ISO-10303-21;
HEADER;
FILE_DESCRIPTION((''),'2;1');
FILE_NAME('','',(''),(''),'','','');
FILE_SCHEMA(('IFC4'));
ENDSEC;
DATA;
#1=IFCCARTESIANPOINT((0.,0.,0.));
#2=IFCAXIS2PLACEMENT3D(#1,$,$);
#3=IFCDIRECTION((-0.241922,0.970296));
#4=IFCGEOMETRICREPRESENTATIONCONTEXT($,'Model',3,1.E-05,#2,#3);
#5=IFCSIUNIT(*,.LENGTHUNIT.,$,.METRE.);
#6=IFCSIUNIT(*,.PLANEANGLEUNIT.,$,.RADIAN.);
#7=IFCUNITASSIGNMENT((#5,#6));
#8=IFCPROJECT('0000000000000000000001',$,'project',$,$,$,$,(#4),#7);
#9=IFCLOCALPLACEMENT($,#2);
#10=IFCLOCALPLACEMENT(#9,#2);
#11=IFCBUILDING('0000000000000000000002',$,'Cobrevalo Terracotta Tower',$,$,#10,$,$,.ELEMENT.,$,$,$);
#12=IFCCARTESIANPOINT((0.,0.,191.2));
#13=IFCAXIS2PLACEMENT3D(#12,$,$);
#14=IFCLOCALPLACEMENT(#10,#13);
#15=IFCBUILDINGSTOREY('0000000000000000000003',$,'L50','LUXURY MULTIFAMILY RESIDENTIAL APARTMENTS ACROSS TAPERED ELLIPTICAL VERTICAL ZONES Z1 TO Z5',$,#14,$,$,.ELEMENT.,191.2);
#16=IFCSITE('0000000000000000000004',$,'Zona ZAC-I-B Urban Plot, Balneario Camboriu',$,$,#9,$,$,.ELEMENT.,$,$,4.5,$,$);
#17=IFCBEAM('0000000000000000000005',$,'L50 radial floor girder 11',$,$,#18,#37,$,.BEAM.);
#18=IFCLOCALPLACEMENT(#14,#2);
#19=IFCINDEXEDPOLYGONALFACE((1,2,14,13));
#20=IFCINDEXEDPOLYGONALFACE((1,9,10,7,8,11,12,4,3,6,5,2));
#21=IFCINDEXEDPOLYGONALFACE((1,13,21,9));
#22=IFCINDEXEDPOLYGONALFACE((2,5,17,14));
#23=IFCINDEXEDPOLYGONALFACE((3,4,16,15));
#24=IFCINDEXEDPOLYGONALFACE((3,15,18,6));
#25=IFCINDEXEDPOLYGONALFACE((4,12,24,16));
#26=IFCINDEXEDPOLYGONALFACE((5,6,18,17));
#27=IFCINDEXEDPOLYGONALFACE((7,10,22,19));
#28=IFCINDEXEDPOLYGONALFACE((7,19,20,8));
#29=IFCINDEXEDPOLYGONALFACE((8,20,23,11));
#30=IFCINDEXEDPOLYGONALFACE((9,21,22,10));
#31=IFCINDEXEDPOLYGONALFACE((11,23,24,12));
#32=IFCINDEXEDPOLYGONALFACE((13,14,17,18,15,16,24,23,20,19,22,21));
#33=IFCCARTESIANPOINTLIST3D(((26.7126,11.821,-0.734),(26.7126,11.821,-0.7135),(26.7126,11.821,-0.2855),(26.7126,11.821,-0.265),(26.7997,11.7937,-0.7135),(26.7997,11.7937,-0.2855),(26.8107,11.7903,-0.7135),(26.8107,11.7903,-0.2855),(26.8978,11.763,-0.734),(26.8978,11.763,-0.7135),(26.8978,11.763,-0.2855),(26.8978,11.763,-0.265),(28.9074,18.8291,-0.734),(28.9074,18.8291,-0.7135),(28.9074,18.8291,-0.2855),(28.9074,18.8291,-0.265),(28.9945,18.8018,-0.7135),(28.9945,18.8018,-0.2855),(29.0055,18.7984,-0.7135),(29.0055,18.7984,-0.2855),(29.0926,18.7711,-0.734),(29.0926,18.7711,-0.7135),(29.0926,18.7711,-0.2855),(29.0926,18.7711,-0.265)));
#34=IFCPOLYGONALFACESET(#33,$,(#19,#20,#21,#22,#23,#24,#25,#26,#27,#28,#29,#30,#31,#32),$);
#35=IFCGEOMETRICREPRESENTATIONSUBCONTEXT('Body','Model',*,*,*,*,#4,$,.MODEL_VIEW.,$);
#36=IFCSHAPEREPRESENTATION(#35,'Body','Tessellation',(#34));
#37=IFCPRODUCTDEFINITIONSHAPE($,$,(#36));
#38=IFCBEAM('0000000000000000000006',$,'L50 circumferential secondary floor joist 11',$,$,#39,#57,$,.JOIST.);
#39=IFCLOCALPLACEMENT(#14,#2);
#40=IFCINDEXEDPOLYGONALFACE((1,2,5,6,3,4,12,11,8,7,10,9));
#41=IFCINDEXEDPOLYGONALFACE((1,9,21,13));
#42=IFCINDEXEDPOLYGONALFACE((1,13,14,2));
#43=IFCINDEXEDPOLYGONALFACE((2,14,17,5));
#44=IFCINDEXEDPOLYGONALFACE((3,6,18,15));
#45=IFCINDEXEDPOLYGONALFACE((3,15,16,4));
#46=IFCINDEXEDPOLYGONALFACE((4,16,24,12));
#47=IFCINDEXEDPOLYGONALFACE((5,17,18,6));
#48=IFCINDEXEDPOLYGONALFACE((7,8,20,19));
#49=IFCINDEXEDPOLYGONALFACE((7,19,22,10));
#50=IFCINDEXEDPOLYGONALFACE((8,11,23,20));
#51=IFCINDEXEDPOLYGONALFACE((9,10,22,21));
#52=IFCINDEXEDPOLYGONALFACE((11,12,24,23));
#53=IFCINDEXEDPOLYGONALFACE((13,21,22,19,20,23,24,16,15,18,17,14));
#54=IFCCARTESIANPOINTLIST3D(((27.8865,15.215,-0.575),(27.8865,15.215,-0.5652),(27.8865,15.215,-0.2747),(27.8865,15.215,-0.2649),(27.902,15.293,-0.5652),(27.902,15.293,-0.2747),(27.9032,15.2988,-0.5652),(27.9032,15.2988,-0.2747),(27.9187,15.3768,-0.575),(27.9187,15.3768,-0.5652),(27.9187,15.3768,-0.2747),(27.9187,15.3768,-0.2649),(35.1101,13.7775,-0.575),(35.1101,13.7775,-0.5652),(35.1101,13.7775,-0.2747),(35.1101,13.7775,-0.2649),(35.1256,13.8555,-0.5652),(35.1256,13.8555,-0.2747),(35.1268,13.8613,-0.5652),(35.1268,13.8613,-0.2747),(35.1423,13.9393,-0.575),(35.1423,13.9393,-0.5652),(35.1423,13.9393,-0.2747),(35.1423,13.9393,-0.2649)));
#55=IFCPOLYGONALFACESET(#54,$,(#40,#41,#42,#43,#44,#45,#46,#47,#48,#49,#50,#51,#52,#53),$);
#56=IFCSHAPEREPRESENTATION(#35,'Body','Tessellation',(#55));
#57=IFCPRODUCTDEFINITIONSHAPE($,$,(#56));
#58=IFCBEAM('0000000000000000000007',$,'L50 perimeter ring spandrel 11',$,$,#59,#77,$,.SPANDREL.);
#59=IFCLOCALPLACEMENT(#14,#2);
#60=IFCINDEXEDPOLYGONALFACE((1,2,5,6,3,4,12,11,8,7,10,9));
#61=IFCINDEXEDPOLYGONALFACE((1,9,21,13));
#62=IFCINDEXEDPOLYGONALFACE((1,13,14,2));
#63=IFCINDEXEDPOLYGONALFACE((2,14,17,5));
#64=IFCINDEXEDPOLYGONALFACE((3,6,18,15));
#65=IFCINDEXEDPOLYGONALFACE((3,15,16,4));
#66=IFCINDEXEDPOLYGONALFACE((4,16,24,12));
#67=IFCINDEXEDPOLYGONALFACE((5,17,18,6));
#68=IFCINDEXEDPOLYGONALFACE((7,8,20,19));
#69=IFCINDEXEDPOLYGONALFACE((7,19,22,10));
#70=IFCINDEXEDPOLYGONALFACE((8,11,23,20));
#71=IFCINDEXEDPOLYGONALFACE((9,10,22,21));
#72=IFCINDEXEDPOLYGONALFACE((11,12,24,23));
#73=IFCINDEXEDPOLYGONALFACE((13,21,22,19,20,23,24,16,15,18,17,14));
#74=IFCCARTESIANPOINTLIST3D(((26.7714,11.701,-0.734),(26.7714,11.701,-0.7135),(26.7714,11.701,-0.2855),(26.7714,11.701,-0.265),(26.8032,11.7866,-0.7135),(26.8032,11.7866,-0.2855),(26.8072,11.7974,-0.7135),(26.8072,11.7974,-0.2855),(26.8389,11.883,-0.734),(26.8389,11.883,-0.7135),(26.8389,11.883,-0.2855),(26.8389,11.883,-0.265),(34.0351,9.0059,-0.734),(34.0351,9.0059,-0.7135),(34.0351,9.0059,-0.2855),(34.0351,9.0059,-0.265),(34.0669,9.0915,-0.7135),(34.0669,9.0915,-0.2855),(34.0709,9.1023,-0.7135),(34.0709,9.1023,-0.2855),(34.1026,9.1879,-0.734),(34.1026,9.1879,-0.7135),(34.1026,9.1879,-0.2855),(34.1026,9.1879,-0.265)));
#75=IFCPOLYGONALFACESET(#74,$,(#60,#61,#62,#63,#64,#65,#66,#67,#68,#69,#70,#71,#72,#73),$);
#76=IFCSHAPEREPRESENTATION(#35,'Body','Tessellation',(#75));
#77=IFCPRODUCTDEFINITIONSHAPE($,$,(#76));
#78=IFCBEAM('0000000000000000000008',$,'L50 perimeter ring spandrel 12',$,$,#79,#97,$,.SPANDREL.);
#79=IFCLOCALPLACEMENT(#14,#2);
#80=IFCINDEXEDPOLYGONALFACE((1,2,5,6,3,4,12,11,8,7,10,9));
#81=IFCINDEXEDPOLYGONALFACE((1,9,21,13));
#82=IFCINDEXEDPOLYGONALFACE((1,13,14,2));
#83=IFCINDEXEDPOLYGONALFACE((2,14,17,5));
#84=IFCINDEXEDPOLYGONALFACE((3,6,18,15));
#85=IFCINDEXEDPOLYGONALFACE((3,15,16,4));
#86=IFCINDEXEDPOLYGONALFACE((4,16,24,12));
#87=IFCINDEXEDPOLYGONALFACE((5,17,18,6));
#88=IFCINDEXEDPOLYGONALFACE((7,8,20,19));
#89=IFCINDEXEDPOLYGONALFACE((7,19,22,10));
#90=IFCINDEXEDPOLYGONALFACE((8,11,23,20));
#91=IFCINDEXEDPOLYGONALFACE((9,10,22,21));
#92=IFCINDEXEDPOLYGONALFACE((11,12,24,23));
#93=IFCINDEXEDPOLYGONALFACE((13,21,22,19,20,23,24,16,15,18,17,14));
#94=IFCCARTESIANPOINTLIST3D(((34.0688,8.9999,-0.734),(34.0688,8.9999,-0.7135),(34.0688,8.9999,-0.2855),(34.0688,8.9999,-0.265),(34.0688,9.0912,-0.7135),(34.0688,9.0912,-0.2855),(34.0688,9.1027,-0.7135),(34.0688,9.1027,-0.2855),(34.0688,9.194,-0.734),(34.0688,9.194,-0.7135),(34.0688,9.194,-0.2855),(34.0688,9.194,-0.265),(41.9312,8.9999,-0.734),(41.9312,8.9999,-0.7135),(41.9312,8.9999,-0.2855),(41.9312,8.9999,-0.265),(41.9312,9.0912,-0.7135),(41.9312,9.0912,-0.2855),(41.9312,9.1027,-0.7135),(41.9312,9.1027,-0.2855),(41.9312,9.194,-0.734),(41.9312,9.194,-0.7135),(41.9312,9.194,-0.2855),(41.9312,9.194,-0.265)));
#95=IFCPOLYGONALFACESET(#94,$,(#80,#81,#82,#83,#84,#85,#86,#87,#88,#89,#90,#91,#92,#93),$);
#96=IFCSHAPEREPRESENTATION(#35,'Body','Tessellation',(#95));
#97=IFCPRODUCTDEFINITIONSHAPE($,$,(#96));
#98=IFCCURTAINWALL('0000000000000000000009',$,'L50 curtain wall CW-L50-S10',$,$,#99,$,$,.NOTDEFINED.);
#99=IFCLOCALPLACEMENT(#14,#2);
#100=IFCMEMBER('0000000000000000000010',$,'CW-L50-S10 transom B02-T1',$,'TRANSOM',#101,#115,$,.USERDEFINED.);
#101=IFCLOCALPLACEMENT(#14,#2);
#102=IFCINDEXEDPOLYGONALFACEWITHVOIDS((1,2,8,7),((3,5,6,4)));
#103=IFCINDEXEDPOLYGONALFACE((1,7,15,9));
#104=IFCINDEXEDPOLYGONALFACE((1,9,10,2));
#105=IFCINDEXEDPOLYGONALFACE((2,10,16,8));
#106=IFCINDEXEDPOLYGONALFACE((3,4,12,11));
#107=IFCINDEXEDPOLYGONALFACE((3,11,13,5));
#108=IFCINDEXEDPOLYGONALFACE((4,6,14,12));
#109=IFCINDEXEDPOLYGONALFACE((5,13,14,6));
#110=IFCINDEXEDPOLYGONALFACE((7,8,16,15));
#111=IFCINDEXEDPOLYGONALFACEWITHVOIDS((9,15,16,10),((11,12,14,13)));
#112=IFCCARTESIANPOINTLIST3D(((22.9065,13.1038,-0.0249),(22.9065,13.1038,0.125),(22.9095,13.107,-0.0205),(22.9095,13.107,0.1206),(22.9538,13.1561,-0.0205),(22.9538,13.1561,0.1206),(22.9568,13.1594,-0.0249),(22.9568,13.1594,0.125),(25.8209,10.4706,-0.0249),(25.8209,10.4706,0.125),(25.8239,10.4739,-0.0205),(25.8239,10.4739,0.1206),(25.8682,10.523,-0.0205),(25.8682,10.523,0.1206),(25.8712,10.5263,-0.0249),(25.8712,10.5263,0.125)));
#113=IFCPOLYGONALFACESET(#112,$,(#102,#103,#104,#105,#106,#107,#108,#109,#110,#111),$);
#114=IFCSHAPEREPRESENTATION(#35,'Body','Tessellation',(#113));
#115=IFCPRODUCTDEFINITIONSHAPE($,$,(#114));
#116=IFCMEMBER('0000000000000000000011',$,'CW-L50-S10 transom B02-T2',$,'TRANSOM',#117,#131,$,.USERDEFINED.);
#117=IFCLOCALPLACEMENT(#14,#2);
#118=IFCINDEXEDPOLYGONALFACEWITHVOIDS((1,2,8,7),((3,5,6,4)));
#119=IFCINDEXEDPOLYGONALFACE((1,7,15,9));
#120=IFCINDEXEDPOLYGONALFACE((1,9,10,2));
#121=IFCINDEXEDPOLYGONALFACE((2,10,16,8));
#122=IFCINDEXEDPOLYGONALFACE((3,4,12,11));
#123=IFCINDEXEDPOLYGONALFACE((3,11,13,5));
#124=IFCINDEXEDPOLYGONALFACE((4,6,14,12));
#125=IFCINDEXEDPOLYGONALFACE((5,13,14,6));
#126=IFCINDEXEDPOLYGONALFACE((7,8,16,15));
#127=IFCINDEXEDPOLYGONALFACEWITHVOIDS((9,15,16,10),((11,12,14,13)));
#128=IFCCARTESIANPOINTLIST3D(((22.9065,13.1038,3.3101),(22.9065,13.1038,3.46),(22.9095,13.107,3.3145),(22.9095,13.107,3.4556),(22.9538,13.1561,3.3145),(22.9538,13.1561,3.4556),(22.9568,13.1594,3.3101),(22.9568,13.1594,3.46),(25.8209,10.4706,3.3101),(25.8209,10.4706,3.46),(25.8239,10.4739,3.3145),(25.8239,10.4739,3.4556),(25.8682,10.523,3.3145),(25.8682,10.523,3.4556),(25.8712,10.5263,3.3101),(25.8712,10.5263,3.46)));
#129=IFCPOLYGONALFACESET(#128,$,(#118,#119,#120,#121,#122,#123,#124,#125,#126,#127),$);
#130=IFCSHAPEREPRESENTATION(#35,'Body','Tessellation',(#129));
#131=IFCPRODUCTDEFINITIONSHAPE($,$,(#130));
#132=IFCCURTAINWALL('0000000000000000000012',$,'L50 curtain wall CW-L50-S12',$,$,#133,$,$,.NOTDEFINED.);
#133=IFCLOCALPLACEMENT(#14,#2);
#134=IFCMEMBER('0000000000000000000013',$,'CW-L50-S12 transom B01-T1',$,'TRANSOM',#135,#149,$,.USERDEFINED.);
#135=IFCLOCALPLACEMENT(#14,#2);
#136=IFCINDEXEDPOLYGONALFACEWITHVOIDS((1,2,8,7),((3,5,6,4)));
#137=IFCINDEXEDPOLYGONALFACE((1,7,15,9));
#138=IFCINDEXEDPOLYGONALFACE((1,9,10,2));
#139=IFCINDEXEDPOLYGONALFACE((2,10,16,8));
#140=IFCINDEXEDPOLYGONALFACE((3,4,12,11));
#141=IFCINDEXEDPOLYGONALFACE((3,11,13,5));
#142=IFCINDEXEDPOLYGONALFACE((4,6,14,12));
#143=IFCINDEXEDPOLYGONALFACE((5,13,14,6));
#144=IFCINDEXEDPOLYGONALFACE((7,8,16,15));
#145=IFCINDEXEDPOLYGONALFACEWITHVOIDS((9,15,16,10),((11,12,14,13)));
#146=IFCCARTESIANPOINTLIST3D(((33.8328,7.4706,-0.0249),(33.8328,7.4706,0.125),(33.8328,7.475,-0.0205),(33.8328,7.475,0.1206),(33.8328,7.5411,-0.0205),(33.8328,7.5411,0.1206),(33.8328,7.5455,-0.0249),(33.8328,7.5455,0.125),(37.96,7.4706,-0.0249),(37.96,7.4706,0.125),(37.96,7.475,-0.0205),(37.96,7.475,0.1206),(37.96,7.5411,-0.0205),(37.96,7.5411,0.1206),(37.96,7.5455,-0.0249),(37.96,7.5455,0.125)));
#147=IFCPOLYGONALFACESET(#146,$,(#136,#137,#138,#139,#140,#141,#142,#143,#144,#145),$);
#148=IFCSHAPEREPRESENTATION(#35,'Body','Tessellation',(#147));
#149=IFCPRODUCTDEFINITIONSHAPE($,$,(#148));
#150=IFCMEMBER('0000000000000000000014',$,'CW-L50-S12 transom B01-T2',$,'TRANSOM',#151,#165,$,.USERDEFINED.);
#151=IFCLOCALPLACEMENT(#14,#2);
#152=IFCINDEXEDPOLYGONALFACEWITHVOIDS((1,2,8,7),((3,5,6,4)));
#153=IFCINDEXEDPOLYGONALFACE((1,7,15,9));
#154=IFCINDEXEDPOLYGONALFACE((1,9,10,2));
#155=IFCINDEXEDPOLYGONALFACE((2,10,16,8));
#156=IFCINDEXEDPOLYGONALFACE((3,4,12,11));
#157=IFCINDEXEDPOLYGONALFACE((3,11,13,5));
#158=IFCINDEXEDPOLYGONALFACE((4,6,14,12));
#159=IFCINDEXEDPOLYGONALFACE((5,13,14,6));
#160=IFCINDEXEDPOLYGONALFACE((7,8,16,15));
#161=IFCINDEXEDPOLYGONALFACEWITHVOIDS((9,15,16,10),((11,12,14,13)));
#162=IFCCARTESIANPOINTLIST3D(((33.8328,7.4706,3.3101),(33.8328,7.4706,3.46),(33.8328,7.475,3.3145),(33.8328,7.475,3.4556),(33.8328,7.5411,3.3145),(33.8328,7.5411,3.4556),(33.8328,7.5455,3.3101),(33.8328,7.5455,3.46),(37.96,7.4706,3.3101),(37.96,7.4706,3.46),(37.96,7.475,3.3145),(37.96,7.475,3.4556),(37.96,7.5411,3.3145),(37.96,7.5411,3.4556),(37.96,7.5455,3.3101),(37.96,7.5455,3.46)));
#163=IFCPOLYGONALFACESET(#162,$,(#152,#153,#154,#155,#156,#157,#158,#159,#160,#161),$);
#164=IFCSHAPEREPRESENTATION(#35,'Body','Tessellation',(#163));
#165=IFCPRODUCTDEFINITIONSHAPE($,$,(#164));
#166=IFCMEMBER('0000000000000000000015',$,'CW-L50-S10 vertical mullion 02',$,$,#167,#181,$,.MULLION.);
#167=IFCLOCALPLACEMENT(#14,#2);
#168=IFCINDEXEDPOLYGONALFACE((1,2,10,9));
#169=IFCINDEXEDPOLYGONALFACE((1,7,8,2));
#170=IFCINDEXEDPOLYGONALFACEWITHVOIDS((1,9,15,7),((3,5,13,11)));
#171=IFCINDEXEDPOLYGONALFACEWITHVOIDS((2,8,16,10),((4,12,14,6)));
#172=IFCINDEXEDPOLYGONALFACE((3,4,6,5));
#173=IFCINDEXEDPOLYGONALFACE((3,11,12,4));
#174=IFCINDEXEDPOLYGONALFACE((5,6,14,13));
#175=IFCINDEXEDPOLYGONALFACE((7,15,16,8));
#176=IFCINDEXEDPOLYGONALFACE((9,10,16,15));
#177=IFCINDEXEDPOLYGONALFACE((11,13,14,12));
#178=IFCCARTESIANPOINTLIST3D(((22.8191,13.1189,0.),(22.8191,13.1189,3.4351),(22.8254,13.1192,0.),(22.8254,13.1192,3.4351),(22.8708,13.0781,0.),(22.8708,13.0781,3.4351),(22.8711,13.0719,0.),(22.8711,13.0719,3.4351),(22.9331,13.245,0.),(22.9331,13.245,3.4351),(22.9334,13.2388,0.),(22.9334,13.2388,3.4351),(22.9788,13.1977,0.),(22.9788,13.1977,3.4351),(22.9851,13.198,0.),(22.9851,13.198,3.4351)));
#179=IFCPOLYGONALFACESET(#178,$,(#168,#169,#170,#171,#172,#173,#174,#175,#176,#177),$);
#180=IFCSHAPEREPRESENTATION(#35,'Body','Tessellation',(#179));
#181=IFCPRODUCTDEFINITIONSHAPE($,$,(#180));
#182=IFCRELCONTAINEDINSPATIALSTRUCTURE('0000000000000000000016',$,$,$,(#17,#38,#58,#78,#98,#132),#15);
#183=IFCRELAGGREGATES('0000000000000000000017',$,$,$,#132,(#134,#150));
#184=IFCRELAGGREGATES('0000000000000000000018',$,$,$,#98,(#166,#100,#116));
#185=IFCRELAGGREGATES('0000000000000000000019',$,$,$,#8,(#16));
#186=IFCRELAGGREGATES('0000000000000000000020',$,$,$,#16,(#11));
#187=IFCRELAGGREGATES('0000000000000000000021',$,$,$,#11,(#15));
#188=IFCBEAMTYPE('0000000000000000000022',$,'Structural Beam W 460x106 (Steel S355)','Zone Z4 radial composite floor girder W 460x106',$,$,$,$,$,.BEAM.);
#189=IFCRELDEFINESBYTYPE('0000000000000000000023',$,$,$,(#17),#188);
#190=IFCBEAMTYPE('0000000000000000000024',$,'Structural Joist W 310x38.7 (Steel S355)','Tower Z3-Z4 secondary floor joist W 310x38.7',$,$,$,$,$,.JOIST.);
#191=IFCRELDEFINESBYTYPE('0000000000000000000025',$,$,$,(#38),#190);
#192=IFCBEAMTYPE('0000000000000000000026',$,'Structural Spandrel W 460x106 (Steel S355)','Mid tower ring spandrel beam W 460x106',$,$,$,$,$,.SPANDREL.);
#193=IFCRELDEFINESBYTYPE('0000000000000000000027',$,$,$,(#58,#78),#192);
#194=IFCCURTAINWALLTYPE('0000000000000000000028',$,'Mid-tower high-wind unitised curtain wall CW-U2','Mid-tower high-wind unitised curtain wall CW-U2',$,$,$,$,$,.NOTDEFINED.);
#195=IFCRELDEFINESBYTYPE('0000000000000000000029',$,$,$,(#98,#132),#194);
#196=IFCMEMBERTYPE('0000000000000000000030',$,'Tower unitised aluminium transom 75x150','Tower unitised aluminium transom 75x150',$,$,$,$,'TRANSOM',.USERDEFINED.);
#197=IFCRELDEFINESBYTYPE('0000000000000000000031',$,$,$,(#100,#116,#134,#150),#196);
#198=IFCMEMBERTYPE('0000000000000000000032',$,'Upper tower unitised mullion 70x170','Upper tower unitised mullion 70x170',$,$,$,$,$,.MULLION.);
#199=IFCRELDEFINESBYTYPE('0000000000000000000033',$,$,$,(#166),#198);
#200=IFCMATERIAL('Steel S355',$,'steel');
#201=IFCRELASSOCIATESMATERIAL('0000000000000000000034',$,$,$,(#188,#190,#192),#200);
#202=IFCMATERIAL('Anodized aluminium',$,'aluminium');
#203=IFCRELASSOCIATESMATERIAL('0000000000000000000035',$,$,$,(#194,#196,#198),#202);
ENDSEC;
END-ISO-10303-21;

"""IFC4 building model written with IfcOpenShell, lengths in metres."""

from ifc_helpers import new_model, si_unit, direction, frame, origin, origin_2d, place, context, subcontext, project, spatial, hollow_rectangle, i_section, extrude, source, transform, mapped, material, material_profile, profile_set, type_object, element, aggregate, save


model = new_model("IFC4")

# Units and contexts
model_context = context("Model", 3, precision=1e-05, world=origin(), true_north=direction((-0.241922, 0.970296)))
body_context = subcontext(model_context, "Body", "Model", "MODEL_VIEW")
ifc_project = project(units=[si_unit("LENGTHUNIT", "METRE"), si_unit("PLANEANGLEUNIT", "RADIAN")], contexts=[model_context])

# Site, building, storey
site_placement = place(None, origin())
site = spatial("IfcSite", under=ifc_project, at=site_placement, Name="Zona ZAC-I-B Urban Plot, Balneario Camboriu", CompositionType="ELEMENT", RefElevation=4.5)
building_placement = place(site_placement, origin())
building = spatial("IfcBuilding", under=site, at=building_placement, Name="Cobrevalo Terracotta Tower", CompositionType="ELEMENT")
storey_placement = place(building_placement, frame((0.0, 0.0, 191.2)))
storey = spatial("IfcBuildingStorey", under=building, at=storey_placement, Name="L50", Description="LUXURY MULTIFAMILY RESIDENTIAL APARTMENTS ACROSS TAPERED ELLIPTICAL VERTICAL ZONES Z1 TO Z5", CompositionType="ELEMENT", Elevation=191.2)

# Shared definitions
ifc_material_1 = material(Name="Steel S355", Category="steel")

# Beams
ifc_material_profile_1 = material_profile(ifc_material_1, i_section(OverallWidth=0.1941, OverallDepth=0.469, WebThickness=0.0115, FlangeThickness=0.0205, at=origin_2d()), Name="W 460x106")
ifc_profile_set_1 = profile_set([ifc_material_profile_1], Name="Steel S355")
beam_type_1 = type_object("IfcBeamType", Name="Structural Beam W 460x106 (Steel S355)", Description="Zone Z4 radial composite floor girder W 460x106", PredefinedType="BEAM", material=ifc_profile_set_1)
beam_1_placement = place(storey_placement, frame((26.8052, 11.792, -0.4995), z_axis=(0.298871, 0.954293, 0.0), x_axis=(-0.954293, 0.298871, 0.0)))
element("IfcBeam", 1, at=beam_1_placement, inside=storey, type_object=beam_type_1, Name="L50 radial floor girder 11", PredefinedType="BEAM", context=body_context, shape_type="SweptSolid", body=[
    extrude(i_section(OverallWidth=0.1941, OverallDepth=0.469, WebThickness=0.0115, FlangeThickness=0.0205, at=origin_2d()), origin(), (0.0, 0.0, 1.0), 7.3438),
])
ifc_material_profile_2 = material_profile(ifc_material_1, i_section(OverallWidth=0.165, OverallDepth=0.3101, WebThickness=0.0059, FlangeThickness=0.0098, at=origin_2d()), Name="W 310x38.7")
ifc_profile_set_2 = profile_set([ifc_material_profile_2], Name="Steel S355")
beam_type_2 = type_object("IfcBeamType", Name="Structural Joist W 310x38.7 (Steel S355)", Description="Tower Z3-Z4 secondary floor joist W 310x38.7", PredefinedType="JOIST", material=ifc_profile_set_2)
beam_2_placement = place(storey_placement, frame((27.9026, 15.2959, -0.4199), z_axis=(0.980769, -0.195173, 0.0), x_axis=(0.195173, 0.980769, 0.0)))
element("IfcBeam", 2, at=beam_2_placement, inside=storey, type_object=beam_type_2, Name="L50 circumferential secondary floor joist 11", PredefinedType="JOIST", context=body_context, shape_type="SweptSolid", body=[
    extrude(i_section(OverallWidth=0.165, OverallDepth=0.3101, WebThickness=0.0059, FlangeThickness=0.0098, at=origin_2d()), origin(), (0.0, 0.0, 1.0), 7.3652),
])
ifc_material_profile_3 = material_profile(ifc_material_1, i_section(OverallWidth=0.1941, OverallDepth=0.469, WebThickness=0.0115, FlangeThickness=0.0205, at=origin_2d()), Name="W 460x106")
ifc_profile_set_3 = profile_set([ifc_material_profile_3], Name="Steel S355")
beam_type_3 = type_object("IfcBeamType", Name="Structural Spandrel W 460x106 (Steel S355)", Description="Mid tower ring spandrel beam W 460x106", PredefinedType="SPANDREL", material=ifc_profile_set_3)
beam_3_placement = place(storey_placement, frame((26.8052, 11.792, -0.4995), z_axis=(0.937546, -0.347861, 0.0), x_axis=(0.347861, 0.937546, 0.0)))
element("IfcBeam", 3, at=beam_3_placement, inside=storey, type_object=beam_type_3, Name="L50 perimeter ring spandrel 11", PredefinedType="SPANDREL", context=body_context, shape_type="SweptSolid", body=[
    extrude(i_section(OverallWidth=0.1941, OverallDepth=0.469, WebThickness=0.0115, FlangeThickness=0.0205, at=origin_2d()), origin(), (0.0, 0.0, 1.0), 7.7476),
])
beam_4_placement = place(storey_placement, frame((34.0688, 9.0969, -0.4995), z_axis=(1.0, 0.0, 0.0), x_axis=(0.0, 1.0, 0.0)))
element("IfcBeam", 4, at=beam_4_placement, inside=storey, type_object=beam_type_3, Name="L50 perimeter ring spandrel 12", PredefinedType="SPANDREL", context=body_context, shape_type="SweptSolid", body=[
    extrude(i_section(OverallWidth=0.1941, OverallDepth=0.469, WebThickness=0.0115, FlangeThickness=0.0205, at=origin_2d()), origin(), (0.0, 0.0, 1.0), 7.8623),
])

# Curtain walls, members
ifc_material_2 = material(Name="Anodized aluminium", Category="aluminium")
curtain_wall_type = type_object("IfcCurtainWallType", Name="Mid-tower high-wind unitised curtain wall CW-U2", Description="Mid-tower high-wind unitised curtain wall CW-U2", PredefinedType="NOTDEFINED", material=ifc_material_2)
curtain_wall_1_placement = place(storey_placement, origin())
curtain_wall_1 = element("IfcCurtainWall", 5, at=curtain_wall_1_placement, inside=storey, type_object=curtain_wall_type, Name="L50 curtain wall CW-L50-S10", PredefinedType="NOTDEFINED")
ifc_material_profile_4 = material_profile(ifc_material_2, hollow_rectangle(XDim=0.075, YDim=0.1499, WallThickness=0.0044, at=origin_2d()), Name="CWT 75x150")
ifc_profile_set_4 = profile_set([ifc_material_profile_4], Name="Anodized aluminium")
member_type_1 = type_object("IfcMemberType", Name="Tower unitised aluminium transom 75x150", Description="Tower unitised aluminium transom 75x150", ElementType="TRANSOM", PredefinedType="USERDEFINED", material=ifc_profile_set_4)
shared_shape_1 = source(origin(), body_context, "Body", "SweptSolid", [
    extrude(hollow_rectangle(XDim=0.075, YDim=0.1499, WallThickness=0.0044, at=origin_2d()), origin(), (0.0, 0.0, 1.0), 3.9277),
])
member_1_placement = place(storey_placement, frame((22.9316, 13.1316, 0.05), z_axis=(0.742004, -0.670396, 0.0), x_axis=(0.670396, 0.742004, 0.0)))
member_1 = element("IfcMember", 6, at=member_1_placement, type_object=member_type_1, Name="CW-L50-S10 transom B02-T1", ObjectType="TRANSOM", PredefinedType="USERDEFINED", context=body_context, shape_type="MappedRepresentation", body=[
    mapped(shared_shape_1, transform((0.0, 0.0, 0.0), scale=1.0)),
])
member_2_placement = place(storey_placement, frame((22.9316, 13.1316, 3.385), z_axis=(0.742004, -0.670396, 0.0), x_axis=(0.670396, 0.742004, 0.0)))
member_2 = element("IfcMember", 7, at=member_2_placement, type_object=member_type_1, Name="CW-L50-S10 transom B02-T2", ObjectType="TRANSOM", PredefinedType="USERDEFINED", context=body_context, shape_type="MappedRepresentation", body=[
    mapped(shared_shape_1, transform((0.0, 0.0, 0.0), scale=1.0)),
])
curtain_wall_2_placement = place(storey_placement, origin())
curtain_wall_2 = element("IfcCurtainWall", 8, at=curtain_wall_2_placement, inside=storey, type_object=curtain_wall_type, Name="L50 curtain wall CW-L50-S12", PredefinedType="NOTDEFINED")
shared_shape_2 = source(origin(), body_context, "Body", "SweptSolid", [
    extrude(hollow_rectangle(XDim=0.075, YDim=0.1499, WallThickness=0.0044, at=origin_2d()), origin(), (0.0, 0.0, 1.0), 4.1272),
])
member_3_placement = place(storey_placement, frame((33.8328, 7.5081, 0.05), z_axis=(1.0, 0.0, 0.0), x_axis=(0.0, 1.0, 0.0)))
member_3 = element("IfcMember", 9, at=member_3_placement, type_object=member_type_1, Name="CW-L50-S12 transom B01-T1", ObjectType="TRANSOM", PredefinedType="USERDEFINED", context=body_context, shape_type="MappedRepresentation", body=[
    mapped(shared_shape_2, transform((0.0, 0.0, 0.0), scale=1.0)),
])
member_4_placement = place(storey_placement, frame((33.8328, 7.5081, 3.385), z_axis=(1.0, 0.0, 0.0), x_axis=(0.0, 1.0, 0.0)))
member_4 = element("IfcMember", 10, at=member_4_placement, type_object=member_type_1, Name="CW-L50-S12 transom B01-T2", ObjectType="TRANSOM", PredefinedType="USERDEFINED", context=body_context, shape_type="MappedRepresentation", body=[
    mapped(shared_shape_2, transform((0.0, 0.0, 0.0), scale=1.0)),
])

# Member
ifc_material_profile_5 = material_profile(ifc_material_2, hollow_rectangle(XDim=0.0701, YDim=0.1699, WallThickness=0.0044, at=origin_2d()), Name="CWM 70x170")
ifc_profile_set_5 = profile_set([ifc_material_profile_5], Name="Anodized aluminium")
member_type_2 = type_object("IfcMemberType", Name="Upper tower unitised mullion 70x170", Description="Upper tower unitised mullion 70x170", PredefinedType="MULLION", material=ifc_profile_set_5)
shared_shape_3 = source(origin(), body_context, "Body", "SweptSolid", [
    extrude(hollow_rectangle(XDim=0.0701, YDim=0.1699, WallThickness=0.0044, at=origin_2d()), origin(), (0.0, 0.0, 1.0), 3.4351),
])
member_5_placement = place(storey_placement, frame((22.9021, 13.1584, 0.0), z_axis=(0.0, 0.0, 1.0), x_axis=(0.741988, -0.670414, 0.0)))
member_5 = element("IfcMember", 11, at=member_5_placement, type_object=member_type_2, Name="CW-L50-S10 vertical mullion 02", PredefinedType="MULLION", context=body_context, shape_type="MappedRepresentation", body=[
    mapped(shared_shape_3, transform((0.0, 0.0, 0.0), scale=1.0)),
])
aggregate(curtain_wall_2, [member_3, member_4])

aggregate(curtain_wall_1, [member_5, member_1, member_2])

save(model, "model.ifc")
